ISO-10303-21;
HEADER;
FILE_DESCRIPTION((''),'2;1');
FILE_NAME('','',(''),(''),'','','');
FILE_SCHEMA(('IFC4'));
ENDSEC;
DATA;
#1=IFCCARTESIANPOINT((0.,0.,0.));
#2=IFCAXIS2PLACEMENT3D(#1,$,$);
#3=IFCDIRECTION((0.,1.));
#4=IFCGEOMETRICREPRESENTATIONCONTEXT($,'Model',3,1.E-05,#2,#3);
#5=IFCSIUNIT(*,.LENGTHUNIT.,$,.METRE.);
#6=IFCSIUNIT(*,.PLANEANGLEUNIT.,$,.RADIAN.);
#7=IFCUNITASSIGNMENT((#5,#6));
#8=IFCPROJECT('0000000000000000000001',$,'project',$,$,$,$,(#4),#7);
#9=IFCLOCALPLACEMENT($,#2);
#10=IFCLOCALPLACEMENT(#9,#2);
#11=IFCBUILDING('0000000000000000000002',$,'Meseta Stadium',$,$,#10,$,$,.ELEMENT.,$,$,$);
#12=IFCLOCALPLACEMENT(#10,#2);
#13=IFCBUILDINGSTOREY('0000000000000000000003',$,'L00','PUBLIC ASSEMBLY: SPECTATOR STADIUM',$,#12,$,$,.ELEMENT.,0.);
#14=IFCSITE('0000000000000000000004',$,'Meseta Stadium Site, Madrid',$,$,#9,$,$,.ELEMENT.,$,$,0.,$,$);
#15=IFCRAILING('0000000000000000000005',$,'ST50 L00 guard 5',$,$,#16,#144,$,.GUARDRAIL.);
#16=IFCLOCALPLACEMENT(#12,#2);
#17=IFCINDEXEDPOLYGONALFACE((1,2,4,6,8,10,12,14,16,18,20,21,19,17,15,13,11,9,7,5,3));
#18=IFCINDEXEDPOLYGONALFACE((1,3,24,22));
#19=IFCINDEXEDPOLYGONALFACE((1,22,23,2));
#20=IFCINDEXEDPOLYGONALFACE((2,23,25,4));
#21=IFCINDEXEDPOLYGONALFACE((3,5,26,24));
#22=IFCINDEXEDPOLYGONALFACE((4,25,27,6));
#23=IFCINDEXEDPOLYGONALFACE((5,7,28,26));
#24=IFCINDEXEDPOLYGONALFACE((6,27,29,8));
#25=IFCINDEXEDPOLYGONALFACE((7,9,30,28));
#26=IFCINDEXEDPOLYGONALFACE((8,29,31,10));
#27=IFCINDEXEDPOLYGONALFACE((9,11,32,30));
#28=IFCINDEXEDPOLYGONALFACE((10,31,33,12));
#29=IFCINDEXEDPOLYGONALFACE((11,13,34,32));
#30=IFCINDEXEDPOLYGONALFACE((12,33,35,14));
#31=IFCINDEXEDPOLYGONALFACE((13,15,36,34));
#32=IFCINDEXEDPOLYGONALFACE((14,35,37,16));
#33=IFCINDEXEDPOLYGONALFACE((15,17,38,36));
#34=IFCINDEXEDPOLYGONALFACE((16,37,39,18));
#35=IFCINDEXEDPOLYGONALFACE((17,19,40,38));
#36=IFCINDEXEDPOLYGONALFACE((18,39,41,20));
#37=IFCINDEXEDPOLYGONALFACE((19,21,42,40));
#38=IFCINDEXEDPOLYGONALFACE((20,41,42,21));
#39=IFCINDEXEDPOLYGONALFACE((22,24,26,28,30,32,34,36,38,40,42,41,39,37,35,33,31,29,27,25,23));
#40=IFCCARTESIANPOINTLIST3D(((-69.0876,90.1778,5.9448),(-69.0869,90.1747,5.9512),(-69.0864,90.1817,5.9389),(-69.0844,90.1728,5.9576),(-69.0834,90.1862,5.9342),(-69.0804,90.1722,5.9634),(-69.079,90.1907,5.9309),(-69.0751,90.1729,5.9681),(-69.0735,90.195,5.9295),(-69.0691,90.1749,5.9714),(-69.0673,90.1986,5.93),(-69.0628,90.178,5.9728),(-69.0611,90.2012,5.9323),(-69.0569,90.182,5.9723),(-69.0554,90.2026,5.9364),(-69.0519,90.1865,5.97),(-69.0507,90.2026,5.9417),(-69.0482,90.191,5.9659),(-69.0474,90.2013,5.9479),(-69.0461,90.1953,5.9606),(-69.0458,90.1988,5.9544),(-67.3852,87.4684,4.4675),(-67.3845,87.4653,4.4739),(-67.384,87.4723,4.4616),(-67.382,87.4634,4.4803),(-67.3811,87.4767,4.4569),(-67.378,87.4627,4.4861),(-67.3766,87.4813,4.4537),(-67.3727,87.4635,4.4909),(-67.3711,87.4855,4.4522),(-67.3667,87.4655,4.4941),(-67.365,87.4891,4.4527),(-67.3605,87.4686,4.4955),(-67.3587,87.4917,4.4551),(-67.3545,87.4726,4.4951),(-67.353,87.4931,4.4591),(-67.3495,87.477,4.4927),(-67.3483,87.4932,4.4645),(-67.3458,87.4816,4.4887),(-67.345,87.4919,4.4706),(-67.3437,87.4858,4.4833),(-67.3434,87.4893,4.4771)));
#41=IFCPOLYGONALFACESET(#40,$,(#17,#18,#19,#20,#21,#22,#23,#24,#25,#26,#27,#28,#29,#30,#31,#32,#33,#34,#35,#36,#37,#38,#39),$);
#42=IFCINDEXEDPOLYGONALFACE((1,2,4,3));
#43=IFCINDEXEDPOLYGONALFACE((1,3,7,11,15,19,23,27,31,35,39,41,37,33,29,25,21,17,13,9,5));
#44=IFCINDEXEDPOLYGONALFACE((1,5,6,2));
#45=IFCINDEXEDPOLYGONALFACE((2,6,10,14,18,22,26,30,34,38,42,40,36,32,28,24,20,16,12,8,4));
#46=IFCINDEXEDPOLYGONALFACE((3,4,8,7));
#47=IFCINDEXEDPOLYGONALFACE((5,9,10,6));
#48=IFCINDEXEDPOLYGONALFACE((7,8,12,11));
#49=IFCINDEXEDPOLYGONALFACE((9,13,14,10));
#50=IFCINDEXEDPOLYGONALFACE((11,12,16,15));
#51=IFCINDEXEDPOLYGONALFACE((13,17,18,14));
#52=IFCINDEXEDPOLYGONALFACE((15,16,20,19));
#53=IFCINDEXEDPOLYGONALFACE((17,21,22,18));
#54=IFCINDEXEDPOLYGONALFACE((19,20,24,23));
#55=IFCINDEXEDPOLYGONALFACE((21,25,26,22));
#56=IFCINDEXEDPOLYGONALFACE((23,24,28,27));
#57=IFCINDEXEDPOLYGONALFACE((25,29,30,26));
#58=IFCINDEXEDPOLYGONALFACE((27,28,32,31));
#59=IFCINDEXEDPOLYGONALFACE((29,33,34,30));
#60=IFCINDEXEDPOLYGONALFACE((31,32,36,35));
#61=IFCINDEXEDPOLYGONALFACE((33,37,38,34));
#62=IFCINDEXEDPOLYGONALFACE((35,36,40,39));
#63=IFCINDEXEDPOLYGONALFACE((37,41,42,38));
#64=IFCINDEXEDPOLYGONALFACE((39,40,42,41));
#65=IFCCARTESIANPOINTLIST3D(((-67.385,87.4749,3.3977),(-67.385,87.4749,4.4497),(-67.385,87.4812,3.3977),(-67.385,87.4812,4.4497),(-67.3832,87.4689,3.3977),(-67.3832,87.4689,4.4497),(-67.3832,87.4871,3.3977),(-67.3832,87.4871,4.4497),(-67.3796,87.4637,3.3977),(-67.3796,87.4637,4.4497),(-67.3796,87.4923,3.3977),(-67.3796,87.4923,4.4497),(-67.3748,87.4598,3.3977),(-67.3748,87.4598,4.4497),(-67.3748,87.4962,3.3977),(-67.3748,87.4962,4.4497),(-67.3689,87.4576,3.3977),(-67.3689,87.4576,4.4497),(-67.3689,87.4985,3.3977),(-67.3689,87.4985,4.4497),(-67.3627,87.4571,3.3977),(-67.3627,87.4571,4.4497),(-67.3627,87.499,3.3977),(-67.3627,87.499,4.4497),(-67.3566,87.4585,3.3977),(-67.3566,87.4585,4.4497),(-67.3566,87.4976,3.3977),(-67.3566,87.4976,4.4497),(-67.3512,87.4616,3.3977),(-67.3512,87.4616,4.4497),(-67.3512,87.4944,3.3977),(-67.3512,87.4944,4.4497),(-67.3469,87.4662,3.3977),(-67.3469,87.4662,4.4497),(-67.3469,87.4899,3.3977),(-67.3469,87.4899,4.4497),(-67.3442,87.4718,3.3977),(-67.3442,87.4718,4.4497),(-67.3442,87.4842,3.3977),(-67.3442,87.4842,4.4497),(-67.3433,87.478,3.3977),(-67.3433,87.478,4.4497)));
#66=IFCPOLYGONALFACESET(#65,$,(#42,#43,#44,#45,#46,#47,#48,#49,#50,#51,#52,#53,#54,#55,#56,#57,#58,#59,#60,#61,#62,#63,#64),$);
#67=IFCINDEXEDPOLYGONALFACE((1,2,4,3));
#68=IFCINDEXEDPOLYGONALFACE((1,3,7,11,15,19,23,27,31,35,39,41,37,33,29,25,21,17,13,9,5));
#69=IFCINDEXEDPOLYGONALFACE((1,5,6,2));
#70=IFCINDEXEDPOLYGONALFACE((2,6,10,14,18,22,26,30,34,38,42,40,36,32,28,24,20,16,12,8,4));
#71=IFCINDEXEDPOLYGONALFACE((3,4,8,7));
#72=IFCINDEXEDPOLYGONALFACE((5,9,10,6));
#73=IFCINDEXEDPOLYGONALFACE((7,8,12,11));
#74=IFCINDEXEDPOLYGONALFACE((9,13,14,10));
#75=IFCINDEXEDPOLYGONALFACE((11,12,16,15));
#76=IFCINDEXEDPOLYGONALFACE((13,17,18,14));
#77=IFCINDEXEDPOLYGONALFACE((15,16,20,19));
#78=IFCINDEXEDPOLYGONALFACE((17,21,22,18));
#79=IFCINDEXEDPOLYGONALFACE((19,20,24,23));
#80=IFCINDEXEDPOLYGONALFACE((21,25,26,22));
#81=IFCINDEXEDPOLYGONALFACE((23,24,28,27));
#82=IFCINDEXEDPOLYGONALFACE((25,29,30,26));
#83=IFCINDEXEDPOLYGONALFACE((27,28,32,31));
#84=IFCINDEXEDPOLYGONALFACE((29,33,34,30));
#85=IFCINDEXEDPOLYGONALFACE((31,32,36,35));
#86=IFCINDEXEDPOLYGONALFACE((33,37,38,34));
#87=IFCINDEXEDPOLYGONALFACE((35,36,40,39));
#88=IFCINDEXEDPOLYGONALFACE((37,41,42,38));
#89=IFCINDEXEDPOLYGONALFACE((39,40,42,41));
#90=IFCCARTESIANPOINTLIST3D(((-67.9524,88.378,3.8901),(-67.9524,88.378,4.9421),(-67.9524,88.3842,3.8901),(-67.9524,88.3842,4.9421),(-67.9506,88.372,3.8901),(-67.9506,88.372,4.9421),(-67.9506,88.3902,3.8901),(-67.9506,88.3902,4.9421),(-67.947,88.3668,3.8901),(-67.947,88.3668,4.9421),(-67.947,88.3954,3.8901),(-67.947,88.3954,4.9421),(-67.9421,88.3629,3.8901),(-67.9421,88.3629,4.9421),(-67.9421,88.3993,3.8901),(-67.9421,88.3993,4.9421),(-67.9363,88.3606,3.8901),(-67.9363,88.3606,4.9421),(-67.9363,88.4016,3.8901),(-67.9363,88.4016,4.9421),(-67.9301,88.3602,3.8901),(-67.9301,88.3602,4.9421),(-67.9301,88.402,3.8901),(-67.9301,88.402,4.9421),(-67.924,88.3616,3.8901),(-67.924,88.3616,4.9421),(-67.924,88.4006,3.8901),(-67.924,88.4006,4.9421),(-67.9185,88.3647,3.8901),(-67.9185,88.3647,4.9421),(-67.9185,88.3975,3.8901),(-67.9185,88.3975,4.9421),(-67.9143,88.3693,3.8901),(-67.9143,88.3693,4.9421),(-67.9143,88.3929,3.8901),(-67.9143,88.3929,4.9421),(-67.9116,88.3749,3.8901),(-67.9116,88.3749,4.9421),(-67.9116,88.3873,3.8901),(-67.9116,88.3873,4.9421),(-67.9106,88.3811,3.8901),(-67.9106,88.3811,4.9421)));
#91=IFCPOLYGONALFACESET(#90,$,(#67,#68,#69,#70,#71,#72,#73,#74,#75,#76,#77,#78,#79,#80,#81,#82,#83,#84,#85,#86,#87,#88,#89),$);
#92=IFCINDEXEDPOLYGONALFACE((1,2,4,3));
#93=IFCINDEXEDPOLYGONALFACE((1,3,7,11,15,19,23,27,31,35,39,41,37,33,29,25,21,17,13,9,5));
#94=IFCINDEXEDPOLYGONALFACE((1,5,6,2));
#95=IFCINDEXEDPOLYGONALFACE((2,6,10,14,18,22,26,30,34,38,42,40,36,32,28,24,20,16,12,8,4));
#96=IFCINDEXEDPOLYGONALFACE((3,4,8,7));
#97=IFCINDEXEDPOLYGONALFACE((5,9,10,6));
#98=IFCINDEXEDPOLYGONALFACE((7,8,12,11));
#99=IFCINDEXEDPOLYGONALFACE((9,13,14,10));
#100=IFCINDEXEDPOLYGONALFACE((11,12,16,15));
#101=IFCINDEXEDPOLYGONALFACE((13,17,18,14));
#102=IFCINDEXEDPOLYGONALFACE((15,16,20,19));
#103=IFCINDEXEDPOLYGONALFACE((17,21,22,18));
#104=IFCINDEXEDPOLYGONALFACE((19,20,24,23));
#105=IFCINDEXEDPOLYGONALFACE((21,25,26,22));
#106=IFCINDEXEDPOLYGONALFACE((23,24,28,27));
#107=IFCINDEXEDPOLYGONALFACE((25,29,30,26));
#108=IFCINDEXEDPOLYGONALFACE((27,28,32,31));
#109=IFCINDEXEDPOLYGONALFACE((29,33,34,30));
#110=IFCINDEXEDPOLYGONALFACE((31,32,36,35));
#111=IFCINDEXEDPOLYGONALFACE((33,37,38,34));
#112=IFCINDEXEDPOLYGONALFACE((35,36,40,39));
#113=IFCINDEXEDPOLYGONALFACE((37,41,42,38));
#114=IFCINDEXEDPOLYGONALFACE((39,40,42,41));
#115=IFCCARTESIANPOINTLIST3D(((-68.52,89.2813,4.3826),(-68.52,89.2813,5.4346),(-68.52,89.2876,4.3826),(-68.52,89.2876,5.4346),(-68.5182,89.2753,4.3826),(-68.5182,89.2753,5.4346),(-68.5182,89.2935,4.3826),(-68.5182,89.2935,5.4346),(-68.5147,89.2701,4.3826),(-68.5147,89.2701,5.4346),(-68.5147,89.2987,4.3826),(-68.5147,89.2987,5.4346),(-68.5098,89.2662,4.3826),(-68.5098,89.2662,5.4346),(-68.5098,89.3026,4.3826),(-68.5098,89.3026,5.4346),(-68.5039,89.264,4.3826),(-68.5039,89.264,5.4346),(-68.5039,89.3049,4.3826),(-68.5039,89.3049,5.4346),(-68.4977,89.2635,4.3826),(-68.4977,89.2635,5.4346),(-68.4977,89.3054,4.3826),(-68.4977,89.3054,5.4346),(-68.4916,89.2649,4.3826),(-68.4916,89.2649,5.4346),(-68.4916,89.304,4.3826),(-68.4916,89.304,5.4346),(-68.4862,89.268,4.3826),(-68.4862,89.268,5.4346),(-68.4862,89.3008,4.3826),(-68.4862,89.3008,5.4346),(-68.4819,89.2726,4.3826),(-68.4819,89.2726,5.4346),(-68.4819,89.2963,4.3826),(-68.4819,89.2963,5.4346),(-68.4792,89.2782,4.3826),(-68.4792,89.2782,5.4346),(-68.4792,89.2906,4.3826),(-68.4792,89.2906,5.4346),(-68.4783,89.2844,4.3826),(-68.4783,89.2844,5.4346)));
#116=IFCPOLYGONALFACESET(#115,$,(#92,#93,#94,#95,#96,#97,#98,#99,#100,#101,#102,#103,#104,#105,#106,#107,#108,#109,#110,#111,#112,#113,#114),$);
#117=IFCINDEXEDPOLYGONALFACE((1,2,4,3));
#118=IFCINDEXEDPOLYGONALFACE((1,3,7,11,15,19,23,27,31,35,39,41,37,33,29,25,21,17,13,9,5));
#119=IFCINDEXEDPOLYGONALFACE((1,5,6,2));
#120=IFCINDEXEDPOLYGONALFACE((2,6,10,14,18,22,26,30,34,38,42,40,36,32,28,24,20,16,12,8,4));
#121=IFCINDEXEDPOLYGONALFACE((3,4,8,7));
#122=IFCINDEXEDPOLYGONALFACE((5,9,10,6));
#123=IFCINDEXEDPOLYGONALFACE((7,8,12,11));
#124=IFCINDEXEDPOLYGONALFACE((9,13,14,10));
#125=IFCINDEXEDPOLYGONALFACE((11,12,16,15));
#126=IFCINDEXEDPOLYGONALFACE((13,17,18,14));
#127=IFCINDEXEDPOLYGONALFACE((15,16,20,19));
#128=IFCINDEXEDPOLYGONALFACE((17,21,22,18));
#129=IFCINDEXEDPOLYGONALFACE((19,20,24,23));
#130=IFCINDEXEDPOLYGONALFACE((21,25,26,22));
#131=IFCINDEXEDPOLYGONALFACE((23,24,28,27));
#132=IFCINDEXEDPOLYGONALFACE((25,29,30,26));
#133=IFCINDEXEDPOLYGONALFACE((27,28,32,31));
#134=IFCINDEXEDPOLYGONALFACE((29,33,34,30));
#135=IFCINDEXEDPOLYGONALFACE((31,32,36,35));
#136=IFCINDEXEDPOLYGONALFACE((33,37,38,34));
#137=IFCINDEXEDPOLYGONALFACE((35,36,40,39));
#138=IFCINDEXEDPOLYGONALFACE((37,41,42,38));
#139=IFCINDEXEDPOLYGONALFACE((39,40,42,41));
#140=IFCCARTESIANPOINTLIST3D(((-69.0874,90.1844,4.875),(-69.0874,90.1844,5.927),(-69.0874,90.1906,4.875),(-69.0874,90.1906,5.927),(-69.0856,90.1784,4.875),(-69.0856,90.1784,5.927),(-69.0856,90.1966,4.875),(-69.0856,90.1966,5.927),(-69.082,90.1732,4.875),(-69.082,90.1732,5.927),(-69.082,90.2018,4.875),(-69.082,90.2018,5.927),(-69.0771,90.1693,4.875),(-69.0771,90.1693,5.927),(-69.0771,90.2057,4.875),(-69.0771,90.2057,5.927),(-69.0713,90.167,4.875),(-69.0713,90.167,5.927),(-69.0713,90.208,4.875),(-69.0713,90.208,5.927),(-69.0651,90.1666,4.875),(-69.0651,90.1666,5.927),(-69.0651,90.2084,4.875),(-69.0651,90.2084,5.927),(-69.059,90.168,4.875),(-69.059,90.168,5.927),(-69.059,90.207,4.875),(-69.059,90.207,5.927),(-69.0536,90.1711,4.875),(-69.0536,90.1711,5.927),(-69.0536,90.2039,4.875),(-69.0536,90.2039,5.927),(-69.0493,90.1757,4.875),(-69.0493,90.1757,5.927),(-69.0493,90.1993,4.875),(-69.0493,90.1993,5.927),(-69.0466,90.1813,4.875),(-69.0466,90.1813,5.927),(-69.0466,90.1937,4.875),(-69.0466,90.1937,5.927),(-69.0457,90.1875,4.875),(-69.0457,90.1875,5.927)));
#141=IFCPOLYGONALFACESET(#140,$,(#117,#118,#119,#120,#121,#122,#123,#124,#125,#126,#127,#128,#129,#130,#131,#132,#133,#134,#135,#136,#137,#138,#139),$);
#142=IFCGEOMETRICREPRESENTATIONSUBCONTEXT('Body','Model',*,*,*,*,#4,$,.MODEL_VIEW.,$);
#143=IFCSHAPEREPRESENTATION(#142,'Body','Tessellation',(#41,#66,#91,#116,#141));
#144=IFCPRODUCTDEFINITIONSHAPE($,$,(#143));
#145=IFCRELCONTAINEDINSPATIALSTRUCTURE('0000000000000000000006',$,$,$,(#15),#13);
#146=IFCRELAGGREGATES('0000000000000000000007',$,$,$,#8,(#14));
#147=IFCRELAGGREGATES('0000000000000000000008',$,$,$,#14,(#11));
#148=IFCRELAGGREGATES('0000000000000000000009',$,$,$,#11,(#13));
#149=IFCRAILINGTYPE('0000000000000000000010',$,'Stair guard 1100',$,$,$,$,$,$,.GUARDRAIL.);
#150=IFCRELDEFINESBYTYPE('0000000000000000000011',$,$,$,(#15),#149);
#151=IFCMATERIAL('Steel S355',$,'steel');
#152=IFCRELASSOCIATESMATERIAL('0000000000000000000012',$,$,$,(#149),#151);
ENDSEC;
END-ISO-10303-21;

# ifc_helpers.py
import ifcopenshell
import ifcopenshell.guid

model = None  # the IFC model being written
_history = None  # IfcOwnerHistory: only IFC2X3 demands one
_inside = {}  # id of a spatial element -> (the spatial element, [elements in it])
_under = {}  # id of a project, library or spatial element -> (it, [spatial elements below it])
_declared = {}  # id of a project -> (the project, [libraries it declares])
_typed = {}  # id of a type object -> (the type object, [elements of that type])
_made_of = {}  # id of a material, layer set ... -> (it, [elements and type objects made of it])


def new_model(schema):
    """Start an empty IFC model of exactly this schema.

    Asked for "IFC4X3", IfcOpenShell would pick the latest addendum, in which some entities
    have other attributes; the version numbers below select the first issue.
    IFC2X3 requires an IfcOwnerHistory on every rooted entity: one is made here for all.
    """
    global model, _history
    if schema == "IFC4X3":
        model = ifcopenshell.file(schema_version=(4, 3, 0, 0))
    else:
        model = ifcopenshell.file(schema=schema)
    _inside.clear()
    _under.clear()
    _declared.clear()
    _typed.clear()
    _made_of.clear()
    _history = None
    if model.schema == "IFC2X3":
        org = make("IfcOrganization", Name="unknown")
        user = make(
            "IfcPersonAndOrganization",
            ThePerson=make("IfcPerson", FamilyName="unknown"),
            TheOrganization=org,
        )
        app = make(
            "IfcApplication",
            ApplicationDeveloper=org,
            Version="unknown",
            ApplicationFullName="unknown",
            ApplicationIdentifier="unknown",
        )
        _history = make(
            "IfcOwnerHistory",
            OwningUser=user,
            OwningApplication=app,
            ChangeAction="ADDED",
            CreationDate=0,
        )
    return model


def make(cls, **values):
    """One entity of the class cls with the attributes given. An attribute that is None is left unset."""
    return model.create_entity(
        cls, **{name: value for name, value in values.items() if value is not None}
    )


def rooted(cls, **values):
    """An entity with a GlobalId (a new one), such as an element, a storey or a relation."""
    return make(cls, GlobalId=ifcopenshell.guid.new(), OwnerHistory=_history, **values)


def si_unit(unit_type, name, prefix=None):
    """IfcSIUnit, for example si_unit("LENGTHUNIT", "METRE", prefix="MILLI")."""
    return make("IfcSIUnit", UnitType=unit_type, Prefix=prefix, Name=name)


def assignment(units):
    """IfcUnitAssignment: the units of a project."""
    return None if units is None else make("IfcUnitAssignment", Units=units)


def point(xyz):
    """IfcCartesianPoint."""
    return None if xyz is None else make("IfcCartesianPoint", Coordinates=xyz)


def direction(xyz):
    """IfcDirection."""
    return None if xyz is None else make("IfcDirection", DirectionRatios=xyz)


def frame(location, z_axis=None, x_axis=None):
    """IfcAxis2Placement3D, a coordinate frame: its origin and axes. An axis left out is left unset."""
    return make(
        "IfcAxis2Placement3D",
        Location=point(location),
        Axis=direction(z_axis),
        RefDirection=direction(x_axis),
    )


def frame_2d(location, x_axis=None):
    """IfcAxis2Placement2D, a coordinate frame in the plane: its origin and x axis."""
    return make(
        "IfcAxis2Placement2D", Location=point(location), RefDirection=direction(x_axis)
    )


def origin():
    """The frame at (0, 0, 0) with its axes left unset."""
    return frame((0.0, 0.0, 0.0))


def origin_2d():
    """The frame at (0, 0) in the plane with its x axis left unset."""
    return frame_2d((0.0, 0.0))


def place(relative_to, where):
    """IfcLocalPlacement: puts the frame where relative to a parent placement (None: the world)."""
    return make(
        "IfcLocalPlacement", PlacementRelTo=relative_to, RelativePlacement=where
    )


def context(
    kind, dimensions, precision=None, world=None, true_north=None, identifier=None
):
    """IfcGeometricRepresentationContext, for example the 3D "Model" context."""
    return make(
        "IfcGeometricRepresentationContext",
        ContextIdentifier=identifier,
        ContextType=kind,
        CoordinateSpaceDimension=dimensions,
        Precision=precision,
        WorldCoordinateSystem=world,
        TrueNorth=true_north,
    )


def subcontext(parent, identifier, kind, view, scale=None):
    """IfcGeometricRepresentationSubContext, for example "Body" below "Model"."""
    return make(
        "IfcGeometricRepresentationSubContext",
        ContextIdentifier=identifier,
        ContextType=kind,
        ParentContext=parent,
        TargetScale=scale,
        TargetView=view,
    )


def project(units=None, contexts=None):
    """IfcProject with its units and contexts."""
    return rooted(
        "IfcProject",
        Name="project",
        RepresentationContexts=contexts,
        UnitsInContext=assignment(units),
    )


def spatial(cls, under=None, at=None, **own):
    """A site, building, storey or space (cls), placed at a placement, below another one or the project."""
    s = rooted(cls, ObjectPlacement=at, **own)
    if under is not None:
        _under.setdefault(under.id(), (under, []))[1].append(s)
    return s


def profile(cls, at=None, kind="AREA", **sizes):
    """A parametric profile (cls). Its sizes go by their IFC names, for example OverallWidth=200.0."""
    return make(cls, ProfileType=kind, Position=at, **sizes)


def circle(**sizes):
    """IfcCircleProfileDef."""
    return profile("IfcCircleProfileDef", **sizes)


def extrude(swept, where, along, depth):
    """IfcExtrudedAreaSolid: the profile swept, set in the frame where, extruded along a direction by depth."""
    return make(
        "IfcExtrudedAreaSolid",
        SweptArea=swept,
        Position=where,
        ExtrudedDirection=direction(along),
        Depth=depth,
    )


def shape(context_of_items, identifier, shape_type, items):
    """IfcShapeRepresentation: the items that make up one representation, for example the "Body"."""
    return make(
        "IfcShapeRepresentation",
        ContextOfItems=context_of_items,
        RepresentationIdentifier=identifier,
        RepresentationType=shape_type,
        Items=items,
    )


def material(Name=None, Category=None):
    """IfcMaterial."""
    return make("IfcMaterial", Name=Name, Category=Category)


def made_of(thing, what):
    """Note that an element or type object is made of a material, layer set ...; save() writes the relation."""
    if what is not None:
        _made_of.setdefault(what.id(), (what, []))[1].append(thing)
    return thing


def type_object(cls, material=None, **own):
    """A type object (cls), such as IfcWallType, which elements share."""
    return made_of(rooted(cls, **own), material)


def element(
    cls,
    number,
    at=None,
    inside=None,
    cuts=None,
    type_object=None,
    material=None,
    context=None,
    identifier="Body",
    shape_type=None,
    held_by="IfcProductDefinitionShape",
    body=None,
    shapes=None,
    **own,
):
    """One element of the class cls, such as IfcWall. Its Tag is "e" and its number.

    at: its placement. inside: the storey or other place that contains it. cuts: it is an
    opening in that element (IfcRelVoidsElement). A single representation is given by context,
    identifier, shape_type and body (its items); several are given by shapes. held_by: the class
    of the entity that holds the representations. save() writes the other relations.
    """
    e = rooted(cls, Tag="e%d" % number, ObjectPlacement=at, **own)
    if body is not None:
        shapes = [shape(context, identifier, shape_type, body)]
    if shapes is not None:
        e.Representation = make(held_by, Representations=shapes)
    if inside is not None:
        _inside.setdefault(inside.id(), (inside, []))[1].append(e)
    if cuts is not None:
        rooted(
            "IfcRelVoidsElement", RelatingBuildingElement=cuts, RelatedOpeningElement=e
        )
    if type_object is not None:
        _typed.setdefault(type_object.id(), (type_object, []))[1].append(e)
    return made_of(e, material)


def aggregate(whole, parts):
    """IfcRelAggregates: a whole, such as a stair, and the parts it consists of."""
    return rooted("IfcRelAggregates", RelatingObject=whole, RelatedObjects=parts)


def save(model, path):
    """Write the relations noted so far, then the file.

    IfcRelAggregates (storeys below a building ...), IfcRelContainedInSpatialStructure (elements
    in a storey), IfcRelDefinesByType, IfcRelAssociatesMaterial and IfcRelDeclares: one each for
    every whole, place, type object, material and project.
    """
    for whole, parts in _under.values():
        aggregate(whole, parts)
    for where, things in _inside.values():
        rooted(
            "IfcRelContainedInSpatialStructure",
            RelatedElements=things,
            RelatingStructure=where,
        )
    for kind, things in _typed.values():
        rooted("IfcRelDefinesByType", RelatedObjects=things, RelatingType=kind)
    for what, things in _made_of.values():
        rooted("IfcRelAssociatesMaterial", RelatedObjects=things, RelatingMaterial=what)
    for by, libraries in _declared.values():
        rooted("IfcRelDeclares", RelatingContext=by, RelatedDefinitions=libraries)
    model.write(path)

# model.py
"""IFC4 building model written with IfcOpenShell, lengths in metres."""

from ifc_helpers import new_model, si_unit, direction, frame, origin, origin_2d, place, context, subcontext, project, spatial, circle, extrude, material, type_object, element, save


model = new_model("IFC4")

# Units and contexts
model_context = context("Model", 3, precision=1e-05, world=origin(), true_north=direction((0.0, 1.0)))
body_context = subcontext(model_context, "Body", "Model", "MODEL_VIEW")
ifc_project = project(units=[si_unit("LENGTHUNIT", "METRE"), si_unit("PLANEANGLEUNIT", "RADIAN")], contexts=[model_context])

# Site, building, storey
site_placement = place(None, origin())
site = spatial("IfcSite", under=ifc_project, at=site_placement, Name="Meseta Stadium Site, Madrid", CompositionType="ELEMENT", RefElevation=0.0)
building_placement = place(site_placement, origin())
building = spatial("IfcBuilding", under=site, at=building_placement, Name="Meseta Stadium", CompositionType="ELEMENT")
storey_placement = place(building_placement, origin())
storey = spatial("IfcBuildingStorey", under=building, at=storey_placement, Name="L00", Description="PUBLIC ASSEMBLY: SPECTATOR STADIUM", CompositionType="ELEMENT", Elevation=0.0)

# Railing
ifc_material_1 = material(Name="Steel S355", Category="steel")
railing_type_1 = type_object("IfcRailingType", Name="Stair guard 1100", PredefinedType="GUARDRAIL", material=ifc_material_1)
railing_1_placement = place(storey_placement, frame((-67.3643, 87.478, 3.3977)))
element("IfcRailing", 1, at=railing_1_placement, inside=storey, type_object=railing_type_1, Name="ST50 L00 guard 5", PredefinedType="GUARDRAIL", context=body_context, shape_type="SweptSolid", body=[
    extrude(circle(Radius=0.0239, at=origin_2d()), frame((0.0, 0.0, 1.0762), z_axis=(-0.483023, 0.768764, 0.419156), x_axis=(-0.846736, -0.532014, 0.0)), (0.0, 0.0, 1.0), 3.5244),
    extrude(circle(Radius=0.021, at=origin_2d()), origin(), (0.0, 0.0, 1.0), 1.052),
    extrude(circle(Radius=0.021, at=origin_2d()), frame((-0.5674, 0.9031, 0.4924)), (0.0, 0.0, 1.0), 1.052),
    extrude(circle(Radius=0.021, at=origin_2d()), frame((-1.135, 1.8064, 0.9849)), (0.0, 0.0, 1.0), 1.052),
    extrude(circle(Radius=0.021, at=origin_2d()), frame((-1.7024, 2.7095, 1.4773)), (0.0, 0.0, 1.0), 1.052),
])

save(model, "model.ifc")
